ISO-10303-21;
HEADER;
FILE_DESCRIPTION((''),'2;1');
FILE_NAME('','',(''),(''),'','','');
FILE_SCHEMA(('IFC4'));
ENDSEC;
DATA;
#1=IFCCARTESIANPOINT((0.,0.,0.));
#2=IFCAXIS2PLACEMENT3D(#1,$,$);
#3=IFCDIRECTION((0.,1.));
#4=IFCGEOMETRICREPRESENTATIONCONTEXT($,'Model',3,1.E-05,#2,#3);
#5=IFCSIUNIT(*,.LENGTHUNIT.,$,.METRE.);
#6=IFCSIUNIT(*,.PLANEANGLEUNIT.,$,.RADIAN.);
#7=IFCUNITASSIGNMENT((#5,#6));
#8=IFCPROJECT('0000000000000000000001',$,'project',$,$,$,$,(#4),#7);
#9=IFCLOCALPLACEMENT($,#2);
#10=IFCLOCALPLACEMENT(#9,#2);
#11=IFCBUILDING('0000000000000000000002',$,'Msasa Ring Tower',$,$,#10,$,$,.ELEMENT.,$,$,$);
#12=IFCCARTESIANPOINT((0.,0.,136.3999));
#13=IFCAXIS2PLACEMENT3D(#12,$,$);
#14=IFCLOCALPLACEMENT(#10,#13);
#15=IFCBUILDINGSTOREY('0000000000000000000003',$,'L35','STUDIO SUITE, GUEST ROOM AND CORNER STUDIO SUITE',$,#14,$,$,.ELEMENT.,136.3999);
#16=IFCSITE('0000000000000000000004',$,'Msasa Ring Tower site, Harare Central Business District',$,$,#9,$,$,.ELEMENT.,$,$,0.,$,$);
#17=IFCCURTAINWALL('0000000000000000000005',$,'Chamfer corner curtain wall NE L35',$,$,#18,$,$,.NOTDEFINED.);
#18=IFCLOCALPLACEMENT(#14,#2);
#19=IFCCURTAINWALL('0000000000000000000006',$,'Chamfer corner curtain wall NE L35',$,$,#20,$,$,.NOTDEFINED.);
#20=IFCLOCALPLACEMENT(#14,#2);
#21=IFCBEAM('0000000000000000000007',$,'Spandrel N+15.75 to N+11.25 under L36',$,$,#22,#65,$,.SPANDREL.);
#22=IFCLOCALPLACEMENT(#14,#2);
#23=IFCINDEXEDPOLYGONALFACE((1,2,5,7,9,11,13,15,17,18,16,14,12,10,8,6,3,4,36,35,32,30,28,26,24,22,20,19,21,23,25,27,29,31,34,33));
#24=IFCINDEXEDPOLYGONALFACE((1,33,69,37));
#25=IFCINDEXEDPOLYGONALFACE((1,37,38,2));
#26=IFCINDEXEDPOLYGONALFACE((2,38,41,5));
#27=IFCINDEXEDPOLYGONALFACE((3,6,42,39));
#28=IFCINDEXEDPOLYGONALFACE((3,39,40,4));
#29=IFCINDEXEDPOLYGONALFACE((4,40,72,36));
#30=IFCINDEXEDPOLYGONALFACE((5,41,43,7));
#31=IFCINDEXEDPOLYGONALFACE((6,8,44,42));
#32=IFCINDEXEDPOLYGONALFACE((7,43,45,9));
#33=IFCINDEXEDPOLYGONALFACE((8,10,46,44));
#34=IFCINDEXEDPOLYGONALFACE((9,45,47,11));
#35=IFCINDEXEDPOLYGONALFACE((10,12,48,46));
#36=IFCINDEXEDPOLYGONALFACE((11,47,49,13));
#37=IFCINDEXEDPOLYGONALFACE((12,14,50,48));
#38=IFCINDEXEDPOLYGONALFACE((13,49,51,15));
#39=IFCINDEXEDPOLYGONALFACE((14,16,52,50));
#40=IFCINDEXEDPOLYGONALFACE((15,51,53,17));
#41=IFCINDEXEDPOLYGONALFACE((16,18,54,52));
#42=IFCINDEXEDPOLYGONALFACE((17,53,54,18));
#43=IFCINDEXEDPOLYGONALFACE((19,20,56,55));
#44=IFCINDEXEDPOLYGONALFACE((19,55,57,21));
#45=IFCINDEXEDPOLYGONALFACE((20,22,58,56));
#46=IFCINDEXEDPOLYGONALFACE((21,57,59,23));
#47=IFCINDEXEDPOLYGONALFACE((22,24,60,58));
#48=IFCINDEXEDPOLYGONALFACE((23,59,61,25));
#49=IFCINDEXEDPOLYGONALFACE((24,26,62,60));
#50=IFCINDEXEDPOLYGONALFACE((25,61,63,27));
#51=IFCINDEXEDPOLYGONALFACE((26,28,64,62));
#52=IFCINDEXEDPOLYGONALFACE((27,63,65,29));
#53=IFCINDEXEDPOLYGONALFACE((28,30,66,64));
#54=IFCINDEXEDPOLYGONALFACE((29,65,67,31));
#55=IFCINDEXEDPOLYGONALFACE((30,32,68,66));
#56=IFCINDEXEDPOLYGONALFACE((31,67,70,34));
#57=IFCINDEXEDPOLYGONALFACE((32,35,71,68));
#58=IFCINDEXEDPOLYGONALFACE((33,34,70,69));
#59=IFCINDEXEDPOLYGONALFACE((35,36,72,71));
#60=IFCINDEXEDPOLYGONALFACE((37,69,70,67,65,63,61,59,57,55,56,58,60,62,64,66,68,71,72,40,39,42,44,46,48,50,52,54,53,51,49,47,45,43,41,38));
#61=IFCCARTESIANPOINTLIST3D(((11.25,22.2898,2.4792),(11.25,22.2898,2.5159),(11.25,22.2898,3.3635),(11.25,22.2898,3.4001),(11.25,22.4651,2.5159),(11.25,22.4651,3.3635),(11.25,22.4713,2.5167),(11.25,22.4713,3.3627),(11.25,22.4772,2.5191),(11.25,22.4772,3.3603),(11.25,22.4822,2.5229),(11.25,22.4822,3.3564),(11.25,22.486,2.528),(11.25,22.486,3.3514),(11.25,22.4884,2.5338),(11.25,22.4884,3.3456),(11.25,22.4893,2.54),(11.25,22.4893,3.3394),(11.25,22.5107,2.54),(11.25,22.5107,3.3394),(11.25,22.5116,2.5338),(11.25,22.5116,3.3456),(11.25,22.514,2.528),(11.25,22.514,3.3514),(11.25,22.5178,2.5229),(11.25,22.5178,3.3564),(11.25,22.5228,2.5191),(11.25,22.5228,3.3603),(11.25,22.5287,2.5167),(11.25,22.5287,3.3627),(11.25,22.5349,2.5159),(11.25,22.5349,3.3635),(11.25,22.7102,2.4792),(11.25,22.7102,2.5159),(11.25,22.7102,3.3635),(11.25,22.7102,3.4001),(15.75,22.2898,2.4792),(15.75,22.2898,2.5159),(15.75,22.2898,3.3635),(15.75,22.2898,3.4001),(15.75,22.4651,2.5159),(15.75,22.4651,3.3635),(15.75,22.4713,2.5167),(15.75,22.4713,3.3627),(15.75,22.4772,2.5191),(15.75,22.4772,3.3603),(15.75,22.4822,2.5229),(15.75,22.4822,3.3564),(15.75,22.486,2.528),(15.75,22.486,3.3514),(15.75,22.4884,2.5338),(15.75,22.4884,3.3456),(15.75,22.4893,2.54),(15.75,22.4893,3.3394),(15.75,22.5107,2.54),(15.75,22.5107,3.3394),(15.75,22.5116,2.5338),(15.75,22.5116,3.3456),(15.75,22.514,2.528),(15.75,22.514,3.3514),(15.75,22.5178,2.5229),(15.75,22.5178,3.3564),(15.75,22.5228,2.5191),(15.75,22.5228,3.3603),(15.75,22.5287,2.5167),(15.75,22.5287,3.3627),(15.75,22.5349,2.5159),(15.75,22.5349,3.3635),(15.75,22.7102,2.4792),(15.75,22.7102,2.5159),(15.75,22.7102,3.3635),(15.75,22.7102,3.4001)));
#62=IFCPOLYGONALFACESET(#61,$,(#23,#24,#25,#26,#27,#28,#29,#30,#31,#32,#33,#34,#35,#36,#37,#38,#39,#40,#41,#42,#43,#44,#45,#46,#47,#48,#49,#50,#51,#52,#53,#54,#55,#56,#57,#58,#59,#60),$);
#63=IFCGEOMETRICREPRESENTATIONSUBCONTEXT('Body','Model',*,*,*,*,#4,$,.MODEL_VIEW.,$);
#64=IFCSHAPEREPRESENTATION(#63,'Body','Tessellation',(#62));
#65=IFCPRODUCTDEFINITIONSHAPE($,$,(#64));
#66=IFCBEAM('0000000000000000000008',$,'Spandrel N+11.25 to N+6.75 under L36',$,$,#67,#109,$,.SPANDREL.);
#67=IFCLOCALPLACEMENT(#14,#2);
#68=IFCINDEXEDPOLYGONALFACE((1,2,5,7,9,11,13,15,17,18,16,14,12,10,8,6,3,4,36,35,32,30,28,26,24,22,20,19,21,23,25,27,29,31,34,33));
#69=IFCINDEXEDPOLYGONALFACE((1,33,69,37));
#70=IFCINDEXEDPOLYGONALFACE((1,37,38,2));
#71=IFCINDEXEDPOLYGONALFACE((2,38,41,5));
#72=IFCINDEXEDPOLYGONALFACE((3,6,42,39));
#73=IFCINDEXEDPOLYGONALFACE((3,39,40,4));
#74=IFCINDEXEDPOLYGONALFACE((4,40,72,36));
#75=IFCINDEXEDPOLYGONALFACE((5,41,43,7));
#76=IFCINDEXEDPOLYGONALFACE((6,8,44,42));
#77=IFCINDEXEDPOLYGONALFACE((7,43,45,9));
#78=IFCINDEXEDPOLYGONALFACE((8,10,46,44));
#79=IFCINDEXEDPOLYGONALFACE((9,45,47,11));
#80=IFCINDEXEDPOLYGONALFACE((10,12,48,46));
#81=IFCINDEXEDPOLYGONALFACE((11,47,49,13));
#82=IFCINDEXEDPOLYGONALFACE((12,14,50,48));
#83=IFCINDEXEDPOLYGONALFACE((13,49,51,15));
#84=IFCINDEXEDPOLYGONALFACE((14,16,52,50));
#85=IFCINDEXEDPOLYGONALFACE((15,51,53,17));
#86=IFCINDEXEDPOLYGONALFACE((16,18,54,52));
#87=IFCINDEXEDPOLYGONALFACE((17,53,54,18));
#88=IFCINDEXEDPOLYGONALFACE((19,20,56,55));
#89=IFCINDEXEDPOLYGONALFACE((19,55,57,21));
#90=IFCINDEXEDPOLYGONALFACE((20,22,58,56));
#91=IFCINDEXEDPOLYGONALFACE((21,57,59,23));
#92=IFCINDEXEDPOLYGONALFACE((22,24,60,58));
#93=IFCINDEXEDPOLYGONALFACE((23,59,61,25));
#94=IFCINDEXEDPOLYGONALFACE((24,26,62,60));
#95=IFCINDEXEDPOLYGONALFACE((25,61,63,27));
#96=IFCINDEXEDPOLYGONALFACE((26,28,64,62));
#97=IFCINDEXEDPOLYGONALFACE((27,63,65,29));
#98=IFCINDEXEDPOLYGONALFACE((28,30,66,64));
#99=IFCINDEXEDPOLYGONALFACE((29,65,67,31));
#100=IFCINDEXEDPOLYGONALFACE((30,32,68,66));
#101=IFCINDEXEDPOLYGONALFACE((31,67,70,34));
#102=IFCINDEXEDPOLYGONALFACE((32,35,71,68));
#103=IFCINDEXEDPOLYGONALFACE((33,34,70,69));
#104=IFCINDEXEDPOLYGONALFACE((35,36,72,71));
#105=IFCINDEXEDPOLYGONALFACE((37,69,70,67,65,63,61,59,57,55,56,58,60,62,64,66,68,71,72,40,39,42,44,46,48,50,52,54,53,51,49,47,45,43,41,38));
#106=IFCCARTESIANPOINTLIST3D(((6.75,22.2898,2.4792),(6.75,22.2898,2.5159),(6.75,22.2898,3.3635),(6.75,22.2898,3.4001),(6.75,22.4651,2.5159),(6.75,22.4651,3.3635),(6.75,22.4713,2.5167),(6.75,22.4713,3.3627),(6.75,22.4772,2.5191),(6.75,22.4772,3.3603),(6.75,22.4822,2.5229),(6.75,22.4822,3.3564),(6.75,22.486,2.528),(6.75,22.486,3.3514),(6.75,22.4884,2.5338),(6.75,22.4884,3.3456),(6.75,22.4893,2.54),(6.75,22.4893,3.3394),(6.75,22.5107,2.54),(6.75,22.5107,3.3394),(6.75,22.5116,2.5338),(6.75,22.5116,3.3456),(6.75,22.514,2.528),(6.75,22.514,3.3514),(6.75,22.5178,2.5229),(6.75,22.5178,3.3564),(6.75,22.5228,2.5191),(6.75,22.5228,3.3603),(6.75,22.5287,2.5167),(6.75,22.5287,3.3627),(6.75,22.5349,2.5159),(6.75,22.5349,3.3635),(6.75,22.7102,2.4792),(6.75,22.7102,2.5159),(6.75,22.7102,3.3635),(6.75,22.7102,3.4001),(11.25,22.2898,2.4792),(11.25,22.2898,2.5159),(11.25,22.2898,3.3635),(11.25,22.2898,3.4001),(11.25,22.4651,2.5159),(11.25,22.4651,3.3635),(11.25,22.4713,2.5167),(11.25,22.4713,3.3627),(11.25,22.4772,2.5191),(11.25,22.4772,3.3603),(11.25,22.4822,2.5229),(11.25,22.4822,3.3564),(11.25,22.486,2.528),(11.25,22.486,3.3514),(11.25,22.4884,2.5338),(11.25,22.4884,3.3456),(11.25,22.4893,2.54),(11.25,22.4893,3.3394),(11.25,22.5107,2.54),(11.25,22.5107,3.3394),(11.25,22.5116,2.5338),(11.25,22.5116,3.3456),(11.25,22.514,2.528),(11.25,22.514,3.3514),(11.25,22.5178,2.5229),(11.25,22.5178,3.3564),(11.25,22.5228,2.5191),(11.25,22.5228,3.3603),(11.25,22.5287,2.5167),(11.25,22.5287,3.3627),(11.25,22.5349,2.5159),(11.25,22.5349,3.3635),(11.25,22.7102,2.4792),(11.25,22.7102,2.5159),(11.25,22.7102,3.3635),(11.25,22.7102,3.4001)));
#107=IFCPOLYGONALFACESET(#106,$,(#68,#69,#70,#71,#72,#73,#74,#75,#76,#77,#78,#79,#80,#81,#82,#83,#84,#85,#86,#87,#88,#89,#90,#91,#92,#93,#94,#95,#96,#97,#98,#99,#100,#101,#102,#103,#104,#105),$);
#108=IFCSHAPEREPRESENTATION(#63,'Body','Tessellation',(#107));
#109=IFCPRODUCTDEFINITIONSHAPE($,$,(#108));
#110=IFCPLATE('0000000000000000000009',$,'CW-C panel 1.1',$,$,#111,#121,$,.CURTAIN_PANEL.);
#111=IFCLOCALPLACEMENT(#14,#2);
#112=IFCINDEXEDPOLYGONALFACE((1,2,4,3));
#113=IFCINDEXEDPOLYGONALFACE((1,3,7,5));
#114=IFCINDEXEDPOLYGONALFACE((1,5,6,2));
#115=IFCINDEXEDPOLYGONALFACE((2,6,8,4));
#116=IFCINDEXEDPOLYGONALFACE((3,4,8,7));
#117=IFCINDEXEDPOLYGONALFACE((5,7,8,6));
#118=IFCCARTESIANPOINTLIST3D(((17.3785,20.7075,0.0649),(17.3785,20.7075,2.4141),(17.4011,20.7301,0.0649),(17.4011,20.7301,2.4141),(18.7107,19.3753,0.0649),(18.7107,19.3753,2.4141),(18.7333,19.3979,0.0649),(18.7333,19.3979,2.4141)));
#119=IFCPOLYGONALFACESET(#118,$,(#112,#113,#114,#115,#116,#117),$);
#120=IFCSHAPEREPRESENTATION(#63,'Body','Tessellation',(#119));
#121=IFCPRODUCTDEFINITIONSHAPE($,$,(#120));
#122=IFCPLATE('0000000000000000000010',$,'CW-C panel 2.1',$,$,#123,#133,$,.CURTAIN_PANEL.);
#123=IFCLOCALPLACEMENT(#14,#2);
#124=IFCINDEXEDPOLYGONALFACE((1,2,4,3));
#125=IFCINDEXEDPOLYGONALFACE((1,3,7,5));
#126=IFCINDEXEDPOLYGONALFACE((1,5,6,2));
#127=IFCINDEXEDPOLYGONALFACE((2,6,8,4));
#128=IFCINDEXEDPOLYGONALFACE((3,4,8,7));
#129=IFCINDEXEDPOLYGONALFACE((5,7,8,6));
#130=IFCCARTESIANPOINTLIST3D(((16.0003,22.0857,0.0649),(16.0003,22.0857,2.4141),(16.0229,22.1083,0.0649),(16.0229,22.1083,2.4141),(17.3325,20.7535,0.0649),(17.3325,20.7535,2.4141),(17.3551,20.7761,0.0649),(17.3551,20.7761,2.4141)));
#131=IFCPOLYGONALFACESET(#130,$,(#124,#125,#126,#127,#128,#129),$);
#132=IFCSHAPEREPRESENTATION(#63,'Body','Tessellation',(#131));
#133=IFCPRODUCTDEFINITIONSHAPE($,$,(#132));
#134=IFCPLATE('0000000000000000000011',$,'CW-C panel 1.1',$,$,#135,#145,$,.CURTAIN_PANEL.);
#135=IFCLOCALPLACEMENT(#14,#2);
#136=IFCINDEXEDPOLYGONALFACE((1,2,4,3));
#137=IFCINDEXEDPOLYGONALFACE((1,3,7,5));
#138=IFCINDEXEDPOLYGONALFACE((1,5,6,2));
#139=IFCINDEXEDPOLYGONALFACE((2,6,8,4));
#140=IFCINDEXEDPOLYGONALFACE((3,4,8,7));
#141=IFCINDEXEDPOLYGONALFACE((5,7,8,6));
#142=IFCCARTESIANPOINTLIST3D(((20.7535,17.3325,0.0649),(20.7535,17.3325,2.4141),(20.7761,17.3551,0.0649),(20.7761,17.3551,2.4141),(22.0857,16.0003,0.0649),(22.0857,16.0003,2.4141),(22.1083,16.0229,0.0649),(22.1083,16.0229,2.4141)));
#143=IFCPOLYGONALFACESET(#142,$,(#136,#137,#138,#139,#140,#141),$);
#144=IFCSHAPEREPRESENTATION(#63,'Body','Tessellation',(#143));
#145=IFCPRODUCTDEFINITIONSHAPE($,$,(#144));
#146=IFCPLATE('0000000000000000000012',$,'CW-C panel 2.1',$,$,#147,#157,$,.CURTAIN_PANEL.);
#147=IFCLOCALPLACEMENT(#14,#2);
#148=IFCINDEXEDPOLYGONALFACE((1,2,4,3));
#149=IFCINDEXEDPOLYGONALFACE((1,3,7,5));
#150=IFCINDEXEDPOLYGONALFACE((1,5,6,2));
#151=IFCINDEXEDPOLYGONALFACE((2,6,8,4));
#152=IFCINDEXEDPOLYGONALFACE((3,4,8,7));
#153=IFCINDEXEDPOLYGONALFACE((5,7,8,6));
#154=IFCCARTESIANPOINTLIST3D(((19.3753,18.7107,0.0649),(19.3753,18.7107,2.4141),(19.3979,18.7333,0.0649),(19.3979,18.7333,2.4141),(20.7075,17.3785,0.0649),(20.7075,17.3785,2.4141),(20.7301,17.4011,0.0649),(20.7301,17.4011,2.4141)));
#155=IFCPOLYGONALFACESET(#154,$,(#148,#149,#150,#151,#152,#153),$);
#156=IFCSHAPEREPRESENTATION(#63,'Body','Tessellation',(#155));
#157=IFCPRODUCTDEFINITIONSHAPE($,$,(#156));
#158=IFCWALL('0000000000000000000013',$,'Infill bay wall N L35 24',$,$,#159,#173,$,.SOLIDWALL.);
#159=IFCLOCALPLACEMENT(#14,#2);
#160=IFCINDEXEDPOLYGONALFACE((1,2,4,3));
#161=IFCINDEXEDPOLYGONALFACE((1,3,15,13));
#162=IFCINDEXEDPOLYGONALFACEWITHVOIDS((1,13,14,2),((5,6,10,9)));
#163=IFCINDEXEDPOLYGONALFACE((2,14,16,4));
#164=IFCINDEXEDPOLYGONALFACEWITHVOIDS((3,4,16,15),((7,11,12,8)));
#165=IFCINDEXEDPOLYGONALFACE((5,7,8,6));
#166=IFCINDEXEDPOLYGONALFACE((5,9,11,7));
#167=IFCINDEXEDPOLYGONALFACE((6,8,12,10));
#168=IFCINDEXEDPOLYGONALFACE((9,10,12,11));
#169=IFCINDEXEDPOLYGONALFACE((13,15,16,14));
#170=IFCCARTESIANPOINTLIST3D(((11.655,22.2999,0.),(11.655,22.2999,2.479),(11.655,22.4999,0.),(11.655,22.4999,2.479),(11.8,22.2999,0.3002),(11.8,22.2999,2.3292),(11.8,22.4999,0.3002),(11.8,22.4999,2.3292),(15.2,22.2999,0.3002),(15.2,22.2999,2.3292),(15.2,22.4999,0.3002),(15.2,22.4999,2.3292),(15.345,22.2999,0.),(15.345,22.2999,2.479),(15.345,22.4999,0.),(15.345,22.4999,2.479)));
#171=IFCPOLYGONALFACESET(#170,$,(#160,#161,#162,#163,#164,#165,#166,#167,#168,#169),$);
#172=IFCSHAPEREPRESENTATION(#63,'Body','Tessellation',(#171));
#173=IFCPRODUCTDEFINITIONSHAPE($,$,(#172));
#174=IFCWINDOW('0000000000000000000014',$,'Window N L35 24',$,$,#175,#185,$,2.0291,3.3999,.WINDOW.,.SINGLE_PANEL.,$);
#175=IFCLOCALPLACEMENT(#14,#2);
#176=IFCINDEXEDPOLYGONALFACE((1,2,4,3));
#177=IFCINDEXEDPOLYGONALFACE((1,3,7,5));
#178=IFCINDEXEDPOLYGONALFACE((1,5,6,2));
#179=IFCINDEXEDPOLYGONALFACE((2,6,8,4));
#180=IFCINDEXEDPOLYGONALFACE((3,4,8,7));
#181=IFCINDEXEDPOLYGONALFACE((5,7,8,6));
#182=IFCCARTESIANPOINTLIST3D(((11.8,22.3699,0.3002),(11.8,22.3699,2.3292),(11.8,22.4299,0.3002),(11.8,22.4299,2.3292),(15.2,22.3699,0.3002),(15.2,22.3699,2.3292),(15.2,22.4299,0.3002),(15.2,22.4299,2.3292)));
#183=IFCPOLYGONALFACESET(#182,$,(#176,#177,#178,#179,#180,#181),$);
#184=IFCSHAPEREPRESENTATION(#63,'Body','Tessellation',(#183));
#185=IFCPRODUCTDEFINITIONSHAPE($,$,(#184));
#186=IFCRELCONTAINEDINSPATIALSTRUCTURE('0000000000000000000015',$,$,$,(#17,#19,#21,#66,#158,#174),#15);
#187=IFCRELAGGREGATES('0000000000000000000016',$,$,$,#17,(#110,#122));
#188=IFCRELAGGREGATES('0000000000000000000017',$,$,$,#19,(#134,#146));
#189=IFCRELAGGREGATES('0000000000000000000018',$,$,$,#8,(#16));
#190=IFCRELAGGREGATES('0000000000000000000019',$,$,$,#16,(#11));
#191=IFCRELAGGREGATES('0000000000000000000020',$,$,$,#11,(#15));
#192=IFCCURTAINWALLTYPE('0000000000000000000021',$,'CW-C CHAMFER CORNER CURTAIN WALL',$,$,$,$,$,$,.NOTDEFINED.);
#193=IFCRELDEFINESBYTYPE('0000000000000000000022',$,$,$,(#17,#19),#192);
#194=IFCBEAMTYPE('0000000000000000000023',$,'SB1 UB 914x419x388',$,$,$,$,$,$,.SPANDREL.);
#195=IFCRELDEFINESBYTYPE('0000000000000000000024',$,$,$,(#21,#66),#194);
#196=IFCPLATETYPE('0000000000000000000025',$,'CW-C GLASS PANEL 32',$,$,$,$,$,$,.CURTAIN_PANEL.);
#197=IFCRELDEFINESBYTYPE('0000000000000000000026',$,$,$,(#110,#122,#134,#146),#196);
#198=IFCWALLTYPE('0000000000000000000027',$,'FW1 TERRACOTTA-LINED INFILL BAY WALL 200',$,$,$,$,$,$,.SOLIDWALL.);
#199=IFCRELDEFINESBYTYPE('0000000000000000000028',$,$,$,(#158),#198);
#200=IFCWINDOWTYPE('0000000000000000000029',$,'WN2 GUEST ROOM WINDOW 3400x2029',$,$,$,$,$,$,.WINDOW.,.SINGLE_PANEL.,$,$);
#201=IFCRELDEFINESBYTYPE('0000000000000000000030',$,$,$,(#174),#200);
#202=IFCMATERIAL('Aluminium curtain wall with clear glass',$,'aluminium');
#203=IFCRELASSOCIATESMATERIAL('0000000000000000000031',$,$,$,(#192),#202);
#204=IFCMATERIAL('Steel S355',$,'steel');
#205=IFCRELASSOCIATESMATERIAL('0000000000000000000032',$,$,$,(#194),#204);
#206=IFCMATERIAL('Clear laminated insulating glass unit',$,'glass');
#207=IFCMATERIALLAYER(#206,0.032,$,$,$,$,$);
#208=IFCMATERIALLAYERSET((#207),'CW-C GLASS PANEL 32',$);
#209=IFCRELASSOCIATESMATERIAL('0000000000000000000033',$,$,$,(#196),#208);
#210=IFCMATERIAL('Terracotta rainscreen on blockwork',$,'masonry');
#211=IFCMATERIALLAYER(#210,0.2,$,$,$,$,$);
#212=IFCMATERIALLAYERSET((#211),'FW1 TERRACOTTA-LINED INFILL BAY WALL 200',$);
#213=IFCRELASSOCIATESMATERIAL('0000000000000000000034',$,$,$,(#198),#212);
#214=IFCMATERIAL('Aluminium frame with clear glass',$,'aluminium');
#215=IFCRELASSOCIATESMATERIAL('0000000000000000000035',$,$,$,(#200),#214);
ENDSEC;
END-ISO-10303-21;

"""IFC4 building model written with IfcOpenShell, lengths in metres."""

from ifc_helpers import new_model, si_unit, direction, frame, frame_2d, origin, origin_2d, place, context, subcontext, project, spatial, rectangle, i_section, extrude, material, layer, layer_set, material_profile, profile_set, type_object, element, fill, aggregate, save


model = new_model("IFC4")

# Units and contexts
model_context = context("Model", 3, precision=1e-05, world=origin(), true_north=direction((0.0, 1.0)))
body_context = subcontext(model_context, "Body", "Model", "MODEL_VIEW")
ifc_project = project(units=[si_unit("LENGTHUNIT", "METRE"), si_unit("PLANEANGLEUNIT", "RADIAN")], contexts=[model_context])

# Site, building, storey
site_placement = place(None, origin())
site = spatial("IfcSite", under=ifc_project, at=site_placement, Name="Msasa Ring Tower site, Harare Central Business District", CompositionType="ELEMENT", RefElevation=0.0)
building_placement = place(site_placement, origin())
building = spatial("IfcBuilding", under=site, at=building_placement, Name="Msasa Ring Tower", CompositionType="ELEMENT")
storey_placement = place(building_placement, frame((0.0, 0.0, 136.3999)))
storey = spatial("IfcBuildingStorey", under=building, at=storey_placement, Name="L35", Description="STUDIO SUITE, GUEST ROOM AND CORNER STUDIO SUITE", CompositionType="ELEMENT", Elevation=136.3999)

# Curtain walls
ifc_material_1 = material(Name="Aluminium curtain wall with clear glass", Category="aluminium")
curtain_wall_type = type_object("IfcCurtainWallType", Name="CW-C CHAMFER CORNER CURTAIN WALL", PredefinedType="NOTDEFINED", material=ifc_material_1)
curtain_wall_1_placement = place(storey_placement, origin())
curtain_wall_1 = element("IfcCurtainWall", 1, at=curtain_wall_1_placement, inside=storey, type_object=curtain_wall_type, Name="Chamfer corner curtain wall NE L35", PredefinedType="NOTDEFINED")
curtain_wall_2_placement = place(storey_placement, origin())
curtain_wall_2 = element("IfcCurtainWall", 2, at=curtain_wall_2_placement, inside=storey, type_object=curtain_wall_type, Name="Chamfer corner curtain wall NE L35", PredefinedType="NOTDEFINED")

# Beams
ifc_material_2 = material(Name="Steel S355", Category="steel")
ifc_material_profile_1 = material_profile(ifc_material_2, i_section(OverallWidth=0.4204, OverallDepth=0.9209, WebThickness=0.0215, FlangeThickness=0.0366, FilletRadius=0.0242, at=origin_2d()), Name="UB 914x419x388")
ifc_profile_set_1 = profile_set([ifc_material_profile_1], Name="Steel S355")
beam_type_1 = type_object("IfcBeamType", Name="SB1 UB 914x419x388", PredefinedType="SPANDREL", material=ifc_profile_set_1)
for number, where, z_axis, x_axis, name in (
    (3, (15.75, 22.5, 2.9397), (-1.0, 0.0, 0.0), (0.0, -1.0, 0.0), "Spandrel N+15.75 to N+11.25 under L36"),
    (4, (11.25, 22.5, 2.9397), (-1.0, 0.0, 0.0), (0.0, -1.0, 0.0), "Spandrel N+11.25 to N+6.75 under L36"),
):
    element("IfcBeam", number, at=place(storey_placement, frame(where, z_axis=z_axis, x_axis=x_axis)), inside=storey, type_object=beam_type_1, Name=name, PredefinedType="SPANDREL", context=body_context, shape_type="SweptSolid", body=[
        extrude(i_section(OverallWidth=0.4204, OverallDepth=0.9209, WebThickness=0.0215, FlangeThickness=0.0366, FilletRadius=0.0242, at=origin_2d()), origin(), (0.0, 0.0, 1.0), 4.5),
    ])

# Plates
ifc_material_3 = material(Name="Clear laminated insulating glass unit", Category="glass")
ifc_layer_1 = layer(ifc_material_3, 0.032)
ifc_layer_set_1 = layer_set([ifc_layer_1], Name="CW-C GLASS PANEL 32")
plate_type = type_object("IfcPlateType", Name="CW-C GLASS PANEL 32", PredefinedType="CURTAIN_PANEL", material=ifc_layer_set_1)
plate_1_placement = place(storey_placement, frame((18.0559, 20.0527, 0.0649), z_axis=(0.0, 0.0, 1.0), x_axis=(-0.707107, 0.707107, 0.0)))
plate_1 = element("IfcPlate", 5, at=plate_1_placement, type_object=plate_type, Name="CW-C panel 1.1", PredefinedType="CURTAIN_PANEL", context=body_context, shape_type="SweptSolid", body=[
    extrude(rectangle(XDim=1.884, YDim=0.032, at=origin_2d()), origin(), (0.0, 0.0, 1.0), 2.3491),
])
plate_2_placement = place(storey_placement, frame((16.6777, 21.4309, 0.0649), z_axis=(0.0, 0.0, 1.0), x_axis=(-0.707107, 0.707107, 0.0)))
plate_2 = element("IfcPlate", 6, at=plate_2_placement, type_object=plate_type, Name="CW-C panel 2.1", PredefinedType="CURTAIN_PANEL", context=body_context, shape_type="SweptSolid", body=[
    extrude(rectangle(XDim=1.884, YDim=0.032, at=origin_2d()), origin(), (0.0, 0.0, 1.0), 2.3491),
])
aggregate(curtain_wall_1, [plate_1, plate_2])
plate_3_placement = place(storey_placement, frame((21.4309, 16.6777, 0.0649), z_axis=(0.0, 0.0, 1.0), x_axis=(-0.707107, 0.707107, 0.0)))
plate_3 = element("IfcPlate", 7, at=plate_3_placement, type_object=plate_type, Name="CW-C panel 1.1", PredefinedType="CURTAIN_PANEL", context=body_context, shape_type="SweptSolid", body=[
    extrude(rectangle(XDim=1.884, YDim=0.032, at=origin_2d()), origin(), (0.0, 0.0, 1.0), 2.3491),
])
plate_4_placement = place(storey_placement, frame((20.0527, 18.0559, 0.0649), z_axis=(0.0, 0.0, 1.0), x_axis=(-0.707107, 0.707107, 0.0)))
plate_4 = element("IfcPlate", 8, at=plate_4_placement, type_object=plate_type, Name="CW-C panel 2.1", PredefinedType="CURTAIN_PANEL", context=body_context, shape_type="SweptSolid", body=[
    extrude(rectangle(XDim=1.884, YDim=0.032, at=origin_2d()), origin(), (0.0, 0.0, 1.0), 2.3491),
])
aggregate(curtain_wall_2, [plate_3, plate_4])

# Wall, opening, window
ifc_material_4 = material(Name="Terracotta rainscreen on blockwork", Category="masonry")
ifc_layer_2 = layer(ifc_material_4, 0.2)
ifc_layer_set_2 = layer_set([ifc_layer_2], Name="FW1 TERRACOTTA-LINED INFILL BAY WALL 200")
wall_type = type_object("IfcWallType", Name="FW1 TERRACOTTA-LINED INFILL BAY WALL 200", PredefinedType="SOLIDWALL", material=ifc_layer_set_2)
wall_placement = place(storey_placement, frame((11.655, 22.3999, 0.0), z_axis=(0.0, 0.0, 1.0), x_axis=(1.0, 0.0, 0.0)))
wall = element("IfcWall", 9, at=wall_placement, inside=storey, type_object=wall_type, Name="Infill bay wall N L35 24", PredefinedType="SOLIDWALL", context=body_context, shape_type="SweptSolid", body=[
    extrude(rectangle(XDim=3.6899, YDim=0.2, at=frame_2d((1.845, 0.0))), origin(), (0.0, 0.0, 1.0), 2.479),
])
opening_placement = place(wall_placement, frame((0.145, 0.0, 0.3)))
opening = element("IfcOpeningElement", 10, at=opening_placement, cuts=wall, PredefinedType="OPENING", context=body_context, shape_type="SweptSolid", body=[
    extrude(rectangle(XDim=3.3999, YDim=2.0291, at=frame_2d((1.7, 1.0146))), frame((0.0, 0.1099, 0.0), z_axis=(0.0, -1.0, 0.0), x_axis=(1.0, 0.0, 0.0)), (0.0, 0.0, 1.0), 0.22),
])
ifc_material_5 = material(Name="Aluminium frame with clear glass", Category="aluminium")
window_type = type_object("IfcWindowType", Name="WN2 GUEST ROOM WINDOW 3400x2029", PartitioningType="SINGLE_PANEL", PredefinedType="WINDOW", material=ifc_material_5)
window_placement = place(opening_placement, origin())
window = element("IfcWindow", 11, at=window_placement, inside=storey, type_object=window_type, Name="Window N L35 24", OverallHeight=2.0291, OverallWidth=3.3999, PartitioningType="SINGLE_PANEL", PredefinedType="WINDOW", context=body_context, shape_type="SweptSolid", body=[
    extrude(rectangle(XDim=3.3999, YDim=2.0291, at=frame_2d((1.7, 1.0146))), frame((0.0, 0.03, 0.0), z_axis=(0.0, -1.0, 0.0), x_axis=(1.0, 0.0, 0.0)), (0.0, 0.0, 1.0), 0.0601),
])
fill(opening, window)

save(model, "model.ifc")
